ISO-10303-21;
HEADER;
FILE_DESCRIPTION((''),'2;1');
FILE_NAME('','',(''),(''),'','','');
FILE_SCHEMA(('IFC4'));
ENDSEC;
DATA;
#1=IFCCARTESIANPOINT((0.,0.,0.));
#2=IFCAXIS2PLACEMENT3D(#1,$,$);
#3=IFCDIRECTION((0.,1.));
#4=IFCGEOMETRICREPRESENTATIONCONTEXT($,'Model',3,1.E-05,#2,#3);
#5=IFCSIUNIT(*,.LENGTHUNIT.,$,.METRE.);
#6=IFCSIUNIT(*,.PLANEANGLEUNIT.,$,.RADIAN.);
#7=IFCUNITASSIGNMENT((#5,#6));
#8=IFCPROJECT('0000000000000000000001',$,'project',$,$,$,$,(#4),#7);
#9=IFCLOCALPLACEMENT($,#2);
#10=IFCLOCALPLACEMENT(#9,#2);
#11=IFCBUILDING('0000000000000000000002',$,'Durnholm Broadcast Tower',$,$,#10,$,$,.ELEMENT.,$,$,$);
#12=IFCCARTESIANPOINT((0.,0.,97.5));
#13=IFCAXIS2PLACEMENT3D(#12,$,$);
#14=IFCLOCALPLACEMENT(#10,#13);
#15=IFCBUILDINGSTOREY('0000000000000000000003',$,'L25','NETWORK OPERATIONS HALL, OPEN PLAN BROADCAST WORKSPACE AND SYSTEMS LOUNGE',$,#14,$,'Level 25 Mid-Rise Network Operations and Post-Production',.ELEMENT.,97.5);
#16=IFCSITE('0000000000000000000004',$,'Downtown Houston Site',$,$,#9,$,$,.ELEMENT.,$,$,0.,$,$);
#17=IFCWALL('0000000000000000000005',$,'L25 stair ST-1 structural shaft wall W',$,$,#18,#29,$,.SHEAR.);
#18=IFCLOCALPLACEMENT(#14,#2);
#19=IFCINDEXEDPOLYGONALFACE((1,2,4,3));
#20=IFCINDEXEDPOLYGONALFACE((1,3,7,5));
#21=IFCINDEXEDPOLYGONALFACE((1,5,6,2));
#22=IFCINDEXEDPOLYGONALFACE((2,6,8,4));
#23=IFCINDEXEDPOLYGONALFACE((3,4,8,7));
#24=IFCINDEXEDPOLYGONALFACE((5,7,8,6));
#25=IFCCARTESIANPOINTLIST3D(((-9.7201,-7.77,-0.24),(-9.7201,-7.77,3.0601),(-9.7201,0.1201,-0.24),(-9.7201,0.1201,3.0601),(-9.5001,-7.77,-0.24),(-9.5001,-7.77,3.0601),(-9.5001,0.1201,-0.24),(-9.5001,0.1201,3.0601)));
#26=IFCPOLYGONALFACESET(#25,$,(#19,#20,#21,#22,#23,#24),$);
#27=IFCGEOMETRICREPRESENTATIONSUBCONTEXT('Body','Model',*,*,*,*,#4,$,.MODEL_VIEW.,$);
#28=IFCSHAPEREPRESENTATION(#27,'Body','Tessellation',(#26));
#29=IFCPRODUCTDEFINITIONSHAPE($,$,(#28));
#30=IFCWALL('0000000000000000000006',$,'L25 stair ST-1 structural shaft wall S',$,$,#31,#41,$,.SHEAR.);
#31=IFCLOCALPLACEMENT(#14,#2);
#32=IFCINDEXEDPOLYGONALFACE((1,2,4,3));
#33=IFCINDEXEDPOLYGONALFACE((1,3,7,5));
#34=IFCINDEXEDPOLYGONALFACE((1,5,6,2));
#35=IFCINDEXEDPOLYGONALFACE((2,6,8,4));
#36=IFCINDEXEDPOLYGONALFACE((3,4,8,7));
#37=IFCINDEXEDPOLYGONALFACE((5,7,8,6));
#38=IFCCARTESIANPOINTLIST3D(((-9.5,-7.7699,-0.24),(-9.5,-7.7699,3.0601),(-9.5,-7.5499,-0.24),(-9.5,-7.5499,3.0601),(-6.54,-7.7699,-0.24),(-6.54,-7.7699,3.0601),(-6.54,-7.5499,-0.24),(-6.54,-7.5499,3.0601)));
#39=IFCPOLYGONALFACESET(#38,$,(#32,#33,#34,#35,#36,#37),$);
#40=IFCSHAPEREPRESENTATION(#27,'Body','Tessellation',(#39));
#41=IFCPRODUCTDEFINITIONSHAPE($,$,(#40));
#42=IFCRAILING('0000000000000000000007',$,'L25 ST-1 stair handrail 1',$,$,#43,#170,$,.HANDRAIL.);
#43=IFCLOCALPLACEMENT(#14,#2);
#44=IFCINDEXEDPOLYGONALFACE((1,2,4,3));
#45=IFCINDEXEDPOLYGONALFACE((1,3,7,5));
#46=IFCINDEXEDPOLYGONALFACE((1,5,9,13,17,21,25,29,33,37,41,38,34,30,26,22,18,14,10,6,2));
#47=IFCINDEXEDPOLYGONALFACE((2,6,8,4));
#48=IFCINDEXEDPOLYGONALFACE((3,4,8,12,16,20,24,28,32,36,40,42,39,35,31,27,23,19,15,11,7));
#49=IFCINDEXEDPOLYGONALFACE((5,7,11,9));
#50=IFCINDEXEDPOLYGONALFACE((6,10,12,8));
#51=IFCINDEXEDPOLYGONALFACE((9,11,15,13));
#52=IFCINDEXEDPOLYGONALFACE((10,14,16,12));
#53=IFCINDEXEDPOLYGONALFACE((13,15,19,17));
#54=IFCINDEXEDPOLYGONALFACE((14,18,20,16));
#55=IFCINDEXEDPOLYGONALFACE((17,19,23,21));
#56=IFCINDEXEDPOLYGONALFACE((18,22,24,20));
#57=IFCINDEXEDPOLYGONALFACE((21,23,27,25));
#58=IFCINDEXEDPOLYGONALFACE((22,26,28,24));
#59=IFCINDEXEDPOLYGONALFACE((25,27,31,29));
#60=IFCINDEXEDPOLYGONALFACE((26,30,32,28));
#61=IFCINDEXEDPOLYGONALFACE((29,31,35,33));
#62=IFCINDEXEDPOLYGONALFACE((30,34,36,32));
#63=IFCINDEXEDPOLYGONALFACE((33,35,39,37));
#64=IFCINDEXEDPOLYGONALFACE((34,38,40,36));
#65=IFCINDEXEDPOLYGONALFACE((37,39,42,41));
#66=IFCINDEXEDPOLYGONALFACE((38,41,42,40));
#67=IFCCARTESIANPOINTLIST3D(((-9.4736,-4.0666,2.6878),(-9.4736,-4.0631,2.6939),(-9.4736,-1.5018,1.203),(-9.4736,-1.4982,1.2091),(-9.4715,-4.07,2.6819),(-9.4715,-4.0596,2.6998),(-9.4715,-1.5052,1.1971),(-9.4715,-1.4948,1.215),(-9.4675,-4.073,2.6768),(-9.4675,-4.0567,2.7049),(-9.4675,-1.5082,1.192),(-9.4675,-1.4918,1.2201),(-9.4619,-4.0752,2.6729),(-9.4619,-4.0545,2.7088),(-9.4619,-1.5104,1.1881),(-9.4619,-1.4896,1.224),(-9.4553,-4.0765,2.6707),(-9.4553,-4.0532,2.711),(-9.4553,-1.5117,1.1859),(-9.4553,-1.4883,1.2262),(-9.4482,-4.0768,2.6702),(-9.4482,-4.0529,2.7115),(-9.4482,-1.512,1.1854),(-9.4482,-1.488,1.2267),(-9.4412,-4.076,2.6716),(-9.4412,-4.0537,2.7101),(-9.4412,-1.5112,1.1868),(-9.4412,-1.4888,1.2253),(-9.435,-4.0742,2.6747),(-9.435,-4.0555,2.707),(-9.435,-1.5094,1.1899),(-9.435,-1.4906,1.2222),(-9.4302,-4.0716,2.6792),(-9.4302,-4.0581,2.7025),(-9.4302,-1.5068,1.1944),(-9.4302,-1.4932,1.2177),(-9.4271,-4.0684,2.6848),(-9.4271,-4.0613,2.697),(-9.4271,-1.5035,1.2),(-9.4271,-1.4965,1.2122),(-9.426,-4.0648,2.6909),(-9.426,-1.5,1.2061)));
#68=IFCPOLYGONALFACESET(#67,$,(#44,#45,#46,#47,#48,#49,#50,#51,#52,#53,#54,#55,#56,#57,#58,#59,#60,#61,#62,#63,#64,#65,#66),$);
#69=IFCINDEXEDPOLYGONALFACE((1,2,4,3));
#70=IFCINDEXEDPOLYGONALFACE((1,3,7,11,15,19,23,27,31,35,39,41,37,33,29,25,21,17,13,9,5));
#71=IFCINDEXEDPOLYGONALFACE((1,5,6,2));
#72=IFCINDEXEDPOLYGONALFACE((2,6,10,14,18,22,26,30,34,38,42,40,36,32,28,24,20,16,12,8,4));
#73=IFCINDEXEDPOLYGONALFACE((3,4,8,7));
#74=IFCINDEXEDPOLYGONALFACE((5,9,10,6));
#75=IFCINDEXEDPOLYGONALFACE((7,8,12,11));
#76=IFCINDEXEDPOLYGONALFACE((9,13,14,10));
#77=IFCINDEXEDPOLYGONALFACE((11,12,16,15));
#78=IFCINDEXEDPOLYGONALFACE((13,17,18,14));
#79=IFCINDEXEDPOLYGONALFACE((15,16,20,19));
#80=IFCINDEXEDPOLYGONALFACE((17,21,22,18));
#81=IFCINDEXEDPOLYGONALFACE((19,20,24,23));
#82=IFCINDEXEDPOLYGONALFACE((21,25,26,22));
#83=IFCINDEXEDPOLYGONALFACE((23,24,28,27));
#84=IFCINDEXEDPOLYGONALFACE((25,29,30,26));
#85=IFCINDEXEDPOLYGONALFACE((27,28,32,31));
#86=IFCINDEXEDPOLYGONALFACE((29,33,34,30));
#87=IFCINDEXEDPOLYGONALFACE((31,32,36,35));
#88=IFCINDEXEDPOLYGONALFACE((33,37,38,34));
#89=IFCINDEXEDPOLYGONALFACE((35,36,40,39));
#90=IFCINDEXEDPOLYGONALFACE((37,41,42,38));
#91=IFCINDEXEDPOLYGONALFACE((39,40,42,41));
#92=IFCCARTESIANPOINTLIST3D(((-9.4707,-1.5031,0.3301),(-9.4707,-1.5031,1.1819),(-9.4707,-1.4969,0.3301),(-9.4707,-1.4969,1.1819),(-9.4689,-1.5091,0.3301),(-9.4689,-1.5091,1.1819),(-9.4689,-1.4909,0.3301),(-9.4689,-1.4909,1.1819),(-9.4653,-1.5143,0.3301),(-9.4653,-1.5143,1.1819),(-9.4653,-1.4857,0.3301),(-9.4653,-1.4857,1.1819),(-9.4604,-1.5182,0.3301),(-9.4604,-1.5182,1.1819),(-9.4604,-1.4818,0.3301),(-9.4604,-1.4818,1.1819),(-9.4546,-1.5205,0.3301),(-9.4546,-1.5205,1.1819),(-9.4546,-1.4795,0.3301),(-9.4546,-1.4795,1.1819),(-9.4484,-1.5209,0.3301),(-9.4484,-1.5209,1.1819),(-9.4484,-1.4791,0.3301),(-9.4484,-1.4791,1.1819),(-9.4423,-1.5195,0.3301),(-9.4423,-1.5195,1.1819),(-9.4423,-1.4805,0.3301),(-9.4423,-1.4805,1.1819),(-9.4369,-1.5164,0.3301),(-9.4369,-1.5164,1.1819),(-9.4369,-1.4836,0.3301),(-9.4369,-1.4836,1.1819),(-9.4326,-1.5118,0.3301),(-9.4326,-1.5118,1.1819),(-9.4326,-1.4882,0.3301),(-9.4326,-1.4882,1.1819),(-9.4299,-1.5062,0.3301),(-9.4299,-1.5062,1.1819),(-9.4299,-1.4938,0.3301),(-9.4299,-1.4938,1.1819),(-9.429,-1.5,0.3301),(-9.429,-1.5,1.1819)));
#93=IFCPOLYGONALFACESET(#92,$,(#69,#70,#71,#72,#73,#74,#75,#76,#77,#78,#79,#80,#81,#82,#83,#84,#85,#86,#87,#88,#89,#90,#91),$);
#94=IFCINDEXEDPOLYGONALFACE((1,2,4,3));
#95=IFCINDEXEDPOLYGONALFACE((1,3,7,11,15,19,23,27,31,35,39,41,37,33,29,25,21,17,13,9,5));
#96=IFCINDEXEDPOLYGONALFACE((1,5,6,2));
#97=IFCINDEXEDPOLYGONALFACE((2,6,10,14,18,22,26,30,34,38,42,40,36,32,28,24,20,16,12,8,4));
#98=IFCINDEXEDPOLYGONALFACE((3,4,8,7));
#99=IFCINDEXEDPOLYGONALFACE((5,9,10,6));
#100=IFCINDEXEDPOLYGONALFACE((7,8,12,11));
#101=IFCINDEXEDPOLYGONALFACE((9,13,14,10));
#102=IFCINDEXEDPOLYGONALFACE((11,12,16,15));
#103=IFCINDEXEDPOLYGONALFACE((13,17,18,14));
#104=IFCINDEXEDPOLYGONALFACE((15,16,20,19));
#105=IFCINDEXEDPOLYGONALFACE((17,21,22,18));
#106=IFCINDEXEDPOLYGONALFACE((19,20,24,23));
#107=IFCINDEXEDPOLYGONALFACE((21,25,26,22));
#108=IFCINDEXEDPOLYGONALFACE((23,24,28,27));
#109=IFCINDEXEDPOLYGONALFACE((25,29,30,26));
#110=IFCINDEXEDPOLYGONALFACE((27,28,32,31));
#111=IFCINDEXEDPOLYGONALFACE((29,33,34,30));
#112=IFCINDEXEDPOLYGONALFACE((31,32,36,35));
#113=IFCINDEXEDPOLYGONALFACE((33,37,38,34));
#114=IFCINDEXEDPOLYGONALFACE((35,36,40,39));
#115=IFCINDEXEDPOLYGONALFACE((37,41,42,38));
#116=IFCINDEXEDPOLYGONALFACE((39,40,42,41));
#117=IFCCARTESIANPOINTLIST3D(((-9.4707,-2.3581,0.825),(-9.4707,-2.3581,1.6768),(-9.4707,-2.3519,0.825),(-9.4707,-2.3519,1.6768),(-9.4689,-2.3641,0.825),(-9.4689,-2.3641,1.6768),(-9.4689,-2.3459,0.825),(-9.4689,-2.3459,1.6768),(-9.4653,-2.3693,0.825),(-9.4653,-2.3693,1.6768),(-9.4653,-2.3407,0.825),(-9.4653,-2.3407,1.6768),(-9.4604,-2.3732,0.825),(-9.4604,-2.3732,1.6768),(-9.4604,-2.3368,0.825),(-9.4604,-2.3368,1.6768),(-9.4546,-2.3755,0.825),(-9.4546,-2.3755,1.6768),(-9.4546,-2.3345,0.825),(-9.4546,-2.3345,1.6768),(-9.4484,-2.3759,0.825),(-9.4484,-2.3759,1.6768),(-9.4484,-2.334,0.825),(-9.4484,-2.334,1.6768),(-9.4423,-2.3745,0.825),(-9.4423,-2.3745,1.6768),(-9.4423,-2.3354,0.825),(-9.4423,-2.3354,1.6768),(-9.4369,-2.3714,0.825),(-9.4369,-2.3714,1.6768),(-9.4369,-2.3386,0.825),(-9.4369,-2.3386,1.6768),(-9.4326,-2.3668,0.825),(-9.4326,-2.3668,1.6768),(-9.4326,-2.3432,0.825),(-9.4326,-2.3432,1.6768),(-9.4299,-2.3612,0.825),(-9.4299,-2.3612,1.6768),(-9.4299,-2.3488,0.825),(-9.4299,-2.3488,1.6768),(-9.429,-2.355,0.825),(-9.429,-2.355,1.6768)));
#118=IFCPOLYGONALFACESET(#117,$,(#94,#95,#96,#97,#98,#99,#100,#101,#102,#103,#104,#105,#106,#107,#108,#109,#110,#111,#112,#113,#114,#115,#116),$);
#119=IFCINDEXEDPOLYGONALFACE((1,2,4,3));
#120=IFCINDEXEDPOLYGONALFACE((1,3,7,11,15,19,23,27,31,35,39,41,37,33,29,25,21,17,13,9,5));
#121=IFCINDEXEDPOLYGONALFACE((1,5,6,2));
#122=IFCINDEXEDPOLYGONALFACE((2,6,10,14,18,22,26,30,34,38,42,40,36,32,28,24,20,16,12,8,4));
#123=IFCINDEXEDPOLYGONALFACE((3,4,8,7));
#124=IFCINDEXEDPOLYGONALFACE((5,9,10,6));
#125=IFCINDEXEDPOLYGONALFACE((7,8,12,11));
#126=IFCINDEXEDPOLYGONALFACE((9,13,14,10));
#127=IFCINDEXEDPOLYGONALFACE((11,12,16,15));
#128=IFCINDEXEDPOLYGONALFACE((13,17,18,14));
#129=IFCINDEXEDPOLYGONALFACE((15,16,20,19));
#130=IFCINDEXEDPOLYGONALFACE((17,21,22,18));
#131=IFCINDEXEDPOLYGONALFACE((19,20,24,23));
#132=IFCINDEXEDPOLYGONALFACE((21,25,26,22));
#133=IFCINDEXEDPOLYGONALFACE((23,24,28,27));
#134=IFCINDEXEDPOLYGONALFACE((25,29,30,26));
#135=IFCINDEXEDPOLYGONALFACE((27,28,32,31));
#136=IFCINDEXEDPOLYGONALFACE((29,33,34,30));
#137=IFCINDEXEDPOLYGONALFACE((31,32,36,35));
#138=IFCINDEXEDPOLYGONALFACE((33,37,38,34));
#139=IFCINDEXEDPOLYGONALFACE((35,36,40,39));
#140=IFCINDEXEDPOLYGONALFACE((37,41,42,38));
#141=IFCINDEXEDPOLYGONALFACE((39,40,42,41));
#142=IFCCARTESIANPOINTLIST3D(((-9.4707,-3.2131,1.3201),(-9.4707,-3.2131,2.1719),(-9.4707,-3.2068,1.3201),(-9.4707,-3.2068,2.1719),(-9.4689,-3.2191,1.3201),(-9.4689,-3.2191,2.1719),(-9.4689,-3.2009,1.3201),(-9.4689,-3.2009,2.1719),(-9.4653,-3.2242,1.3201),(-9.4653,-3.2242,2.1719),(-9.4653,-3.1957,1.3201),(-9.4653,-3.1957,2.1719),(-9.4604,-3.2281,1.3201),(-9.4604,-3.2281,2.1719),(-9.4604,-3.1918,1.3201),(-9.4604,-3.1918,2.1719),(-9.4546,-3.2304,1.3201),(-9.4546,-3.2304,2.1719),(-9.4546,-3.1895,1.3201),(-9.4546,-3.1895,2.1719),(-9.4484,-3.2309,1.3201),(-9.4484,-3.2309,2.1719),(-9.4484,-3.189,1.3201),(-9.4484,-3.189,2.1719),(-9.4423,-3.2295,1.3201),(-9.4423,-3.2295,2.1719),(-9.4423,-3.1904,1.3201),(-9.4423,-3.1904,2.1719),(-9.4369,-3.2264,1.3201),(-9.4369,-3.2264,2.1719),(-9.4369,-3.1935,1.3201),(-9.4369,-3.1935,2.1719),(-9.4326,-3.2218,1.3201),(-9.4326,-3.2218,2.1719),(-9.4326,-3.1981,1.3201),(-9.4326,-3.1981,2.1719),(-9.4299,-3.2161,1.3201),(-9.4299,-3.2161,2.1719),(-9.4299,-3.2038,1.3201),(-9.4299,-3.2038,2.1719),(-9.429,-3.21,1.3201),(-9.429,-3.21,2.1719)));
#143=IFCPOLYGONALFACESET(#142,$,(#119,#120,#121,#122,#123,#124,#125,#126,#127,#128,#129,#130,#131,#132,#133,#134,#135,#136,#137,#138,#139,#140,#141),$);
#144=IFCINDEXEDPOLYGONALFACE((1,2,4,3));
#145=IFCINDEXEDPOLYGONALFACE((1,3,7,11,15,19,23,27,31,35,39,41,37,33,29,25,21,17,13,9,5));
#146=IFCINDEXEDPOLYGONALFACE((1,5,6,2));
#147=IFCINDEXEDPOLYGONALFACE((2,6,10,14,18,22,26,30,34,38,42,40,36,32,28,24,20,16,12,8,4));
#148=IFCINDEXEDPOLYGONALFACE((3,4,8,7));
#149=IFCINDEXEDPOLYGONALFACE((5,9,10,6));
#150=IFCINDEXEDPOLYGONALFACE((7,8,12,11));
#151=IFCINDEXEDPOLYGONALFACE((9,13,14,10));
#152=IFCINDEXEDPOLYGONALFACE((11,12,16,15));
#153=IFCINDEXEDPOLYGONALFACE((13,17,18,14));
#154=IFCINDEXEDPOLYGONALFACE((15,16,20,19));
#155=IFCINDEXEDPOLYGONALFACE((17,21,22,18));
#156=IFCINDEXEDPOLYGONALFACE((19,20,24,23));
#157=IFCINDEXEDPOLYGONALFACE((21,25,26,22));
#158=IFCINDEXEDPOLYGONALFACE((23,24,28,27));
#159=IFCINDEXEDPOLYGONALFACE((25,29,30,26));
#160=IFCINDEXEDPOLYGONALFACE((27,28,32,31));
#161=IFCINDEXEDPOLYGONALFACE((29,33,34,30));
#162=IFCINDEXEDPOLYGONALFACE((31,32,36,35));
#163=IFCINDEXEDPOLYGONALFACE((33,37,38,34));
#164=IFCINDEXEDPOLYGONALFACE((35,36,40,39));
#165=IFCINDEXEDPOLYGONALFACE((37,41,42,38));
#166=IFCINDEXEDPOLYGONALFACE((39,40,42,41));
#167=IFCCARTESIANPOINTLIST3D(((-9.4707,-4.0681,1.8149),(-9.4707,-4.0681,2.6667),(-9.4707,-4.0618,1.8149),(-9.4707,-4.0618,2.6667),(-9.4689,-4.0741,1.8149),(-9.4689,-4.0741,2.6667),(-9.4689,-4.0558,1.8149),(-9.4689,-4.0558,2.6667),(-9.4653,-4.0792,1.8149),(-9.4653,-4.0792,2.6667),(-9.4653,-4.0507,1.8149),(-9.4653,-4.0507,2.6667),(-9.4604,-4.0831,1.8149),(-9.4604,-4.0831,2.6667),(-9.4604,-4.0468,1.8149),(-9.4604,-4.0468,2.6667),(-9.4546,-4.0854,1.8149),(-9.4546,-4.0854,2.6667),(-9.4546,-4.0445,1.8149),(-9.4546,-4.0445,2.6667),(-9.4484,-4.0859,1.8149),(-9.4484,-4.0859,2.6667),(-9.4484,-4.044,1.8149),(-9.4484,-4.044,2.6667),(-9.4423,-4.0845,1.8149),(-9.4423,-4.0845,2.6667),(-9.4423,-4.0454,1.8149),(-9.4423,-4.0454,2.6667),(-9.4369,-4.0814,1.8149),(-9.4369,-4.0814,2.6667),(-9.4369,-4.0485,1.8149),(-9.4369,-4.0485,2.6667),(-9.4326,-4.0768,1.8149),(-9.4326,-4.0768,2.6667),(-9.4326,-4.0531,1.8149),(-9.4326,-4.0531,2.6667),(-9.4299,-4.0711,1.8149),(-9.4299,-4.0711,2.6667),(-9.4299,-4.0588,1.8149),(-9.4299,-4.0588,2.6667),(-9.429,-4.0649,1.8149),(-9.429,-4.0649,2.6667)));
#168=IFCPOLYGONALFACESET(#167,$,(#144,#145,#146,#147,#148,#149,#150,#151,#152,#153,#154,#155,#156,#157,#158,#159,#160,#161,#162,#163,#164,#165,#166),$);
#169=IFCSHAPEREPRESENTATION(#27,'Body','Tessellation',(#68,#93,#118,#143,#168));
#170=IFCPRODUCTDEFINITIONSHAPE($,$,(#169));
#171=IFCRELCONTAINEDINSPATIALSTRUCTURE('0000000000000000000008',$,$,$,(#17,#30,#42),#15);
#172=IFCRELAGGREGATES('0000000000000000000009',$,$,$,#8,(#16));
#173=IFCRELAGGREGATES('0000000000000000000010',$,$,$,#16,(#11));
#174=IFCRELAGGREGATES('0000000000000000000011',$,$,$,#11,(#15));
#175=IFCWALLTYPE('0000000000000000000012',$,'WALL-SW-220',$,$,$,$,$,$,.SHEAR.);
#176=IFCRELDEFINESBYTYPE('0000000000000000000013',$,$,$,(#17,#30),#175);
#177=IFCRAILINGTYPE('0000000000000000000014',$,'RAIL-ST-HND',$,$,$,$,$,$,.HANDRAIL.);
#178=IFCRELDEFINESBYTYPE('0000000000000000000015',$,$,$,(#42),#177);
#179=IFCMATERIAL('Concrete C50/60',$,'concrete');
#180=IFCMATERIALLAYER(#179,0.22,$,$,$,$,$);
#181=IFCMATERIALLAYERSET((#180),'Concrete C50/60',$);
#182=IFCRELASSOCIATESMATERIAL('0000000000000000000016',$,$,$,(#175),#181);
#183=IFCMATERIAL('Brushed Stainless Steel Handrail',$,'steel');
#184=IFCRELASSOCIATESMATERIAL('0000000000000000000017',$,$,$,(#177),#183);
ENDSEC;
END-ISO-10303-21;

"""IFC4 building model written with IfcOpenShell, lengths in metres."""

from ifc_helpers import new_model, si_unit, direction, frame, frame_2d, origin, origin_2d, place, context, subcontext, project, spatial, rectangle, circle, extrude, material, layer, layer_set, type_object, element, save


model = new_model("IFC4")

# Units and contexts
model_context = context("Model", 3, precision=1e-05, world=origin(), true_north=direction((0.0, 1.0)))
body_context = subcontext(model_context, "Body", "Model", "MODEL_VIEW")
ifc_project = project(units=[si_unit("LENGTHUNIT", "METRE"), si_unit("PLANEANGLEUNIT", "RADIAN")], contexts=[model_context])

# Site, building, storey
site_placement = place(None, origin())
site = spatial("IfcSite", under=ifc_project, at=site_placement, Name="Downtown Houston Site", CompositionType="ELEMENT", RefElevation=0.0)
building_placement = place(site_placement, origin())
building = spatial("IfcBuilding", under=site, at=building_placement, Name="Durnholm Broadcast Tower", CompositionType="ELEMENT")
storey_placement = place(building_placement, frame((0.0, 0.0, 97.5)))
storey = spatial("IfcBuildingStorey", under=building, at=storey_placement, Name="L25", Description="NETWORK OPERATIONS HALL, OPEN PLAN BROADCAST WORKSPACE AND SYSTEMS LOUNGE", LongName="Level 25 Mid-Rise Network Operations and Post-Production", CompositionType="ELEMENT", Elevation=97.5)

# Walls
ifc_material_1 = material(Name="Concrete C50/60", Category="concrete")
ifc_layer_1 = layer(ifc_material_1, 0.22)
ifc_layer_set_1 = layer_set([ifc_layer_1], Name="Concrete C50/60")
wall_type_1 = type_object("IfcWallType", Name="WALL-SW-220", PredefinedType="SHEAR", material=ifc_layer_set_1)
wall_1_placement = place(storey_placement, frame((-9.6101, 0.1201, -0.24), z_axis=(0.0, 0.0, 1.0), x_axis=(0.0, -1.0, 0.0)))
element("IfcWall", 1, at=wall_1_placement, inside=storey, type_object=wall_type_1, Name="L25 stair ST-1 structural shaft wall W", PredefinedType="SHEAR", context=body_context, shape_type="SweptSolid", body=[
    extrude(rectangle(XDim=7.8901, YDim=0.22, at=frame_2d((3.9451, 0.0))), origin(), (0.0, 0.0, 1.0), 3.3),
])
wall_2_placement = place(storey_placement, frame((-9.5, -7.6599, -0.24), z_axis=(0.0, 0.0, 1.0), x_axis=(1.0, 0.0, 0.0)))
element("IfcWall", 2, at=wall_2_placement, inside=storey, type_object=wall_type_1, Name="L25 stair ST-1 structural shaft wall S", PredefinedType="SHEAR", context=body_context, shape_type="SweptSolid", body=[
    extrude(rectangle(XDim=2.96, YDim=0.22, at=frame_2d((1.48, 0.0))), origin(), (0.0, 0.0, 1.0), 3.3),
])

# Railing
ifc_material_2 = material(Name="Brushed Stainless Steel Handrail", Category="steel")
railing_type = type_object("IfcRailingType", Name="RAIL-ST-HND", PredefinedType="HANDRAIL", material=ifc_material_2)
railing_placement = place(storey_placement, frame((-9.45, -1.5, 0.3301)))
element("IfcRailing", 3, at=railing_placement, inside=storey, type_object=railing_type, Name="L25 ST-1 stair handrail 1", PredefinedType="HANDRAIL", context=body_context, shape_type="SweptSolid", body=[
    extrude(circle(Radius=0.0239, at=origin_2d()), frame((0.0, 0.0, 0.876), z_axis=(0.0, -0.865441, 0.50101), x_axis=(1.0, 0.0, 0.0)), (0.0, 0.0, 1.0), 2.9636),
    extrude(circle(Radius=0.021, at=origin_2d()), origin(), (0.0, 0.0, 1.0), 0.8518),
    extrude(circle(Radius=0.021, at=origin_2d()), frame((0.0, -0.855, 0.4949)), (0.0, 0.0, 1.0), 0.8518),
    extrude(circle(Radius=0.021, at=origin_2d()), frame((0.0, -1.71, 0.99)), (0.0, 0.0, 1.0), 0.8518),
    extrude(circle(Radius=0.021, at=origin_2d()), frame((0.0, -2.5649, 1.4849)), (0.0, 0.0, 1.0), 0.8518),
])

save(model, "model.ifc")
